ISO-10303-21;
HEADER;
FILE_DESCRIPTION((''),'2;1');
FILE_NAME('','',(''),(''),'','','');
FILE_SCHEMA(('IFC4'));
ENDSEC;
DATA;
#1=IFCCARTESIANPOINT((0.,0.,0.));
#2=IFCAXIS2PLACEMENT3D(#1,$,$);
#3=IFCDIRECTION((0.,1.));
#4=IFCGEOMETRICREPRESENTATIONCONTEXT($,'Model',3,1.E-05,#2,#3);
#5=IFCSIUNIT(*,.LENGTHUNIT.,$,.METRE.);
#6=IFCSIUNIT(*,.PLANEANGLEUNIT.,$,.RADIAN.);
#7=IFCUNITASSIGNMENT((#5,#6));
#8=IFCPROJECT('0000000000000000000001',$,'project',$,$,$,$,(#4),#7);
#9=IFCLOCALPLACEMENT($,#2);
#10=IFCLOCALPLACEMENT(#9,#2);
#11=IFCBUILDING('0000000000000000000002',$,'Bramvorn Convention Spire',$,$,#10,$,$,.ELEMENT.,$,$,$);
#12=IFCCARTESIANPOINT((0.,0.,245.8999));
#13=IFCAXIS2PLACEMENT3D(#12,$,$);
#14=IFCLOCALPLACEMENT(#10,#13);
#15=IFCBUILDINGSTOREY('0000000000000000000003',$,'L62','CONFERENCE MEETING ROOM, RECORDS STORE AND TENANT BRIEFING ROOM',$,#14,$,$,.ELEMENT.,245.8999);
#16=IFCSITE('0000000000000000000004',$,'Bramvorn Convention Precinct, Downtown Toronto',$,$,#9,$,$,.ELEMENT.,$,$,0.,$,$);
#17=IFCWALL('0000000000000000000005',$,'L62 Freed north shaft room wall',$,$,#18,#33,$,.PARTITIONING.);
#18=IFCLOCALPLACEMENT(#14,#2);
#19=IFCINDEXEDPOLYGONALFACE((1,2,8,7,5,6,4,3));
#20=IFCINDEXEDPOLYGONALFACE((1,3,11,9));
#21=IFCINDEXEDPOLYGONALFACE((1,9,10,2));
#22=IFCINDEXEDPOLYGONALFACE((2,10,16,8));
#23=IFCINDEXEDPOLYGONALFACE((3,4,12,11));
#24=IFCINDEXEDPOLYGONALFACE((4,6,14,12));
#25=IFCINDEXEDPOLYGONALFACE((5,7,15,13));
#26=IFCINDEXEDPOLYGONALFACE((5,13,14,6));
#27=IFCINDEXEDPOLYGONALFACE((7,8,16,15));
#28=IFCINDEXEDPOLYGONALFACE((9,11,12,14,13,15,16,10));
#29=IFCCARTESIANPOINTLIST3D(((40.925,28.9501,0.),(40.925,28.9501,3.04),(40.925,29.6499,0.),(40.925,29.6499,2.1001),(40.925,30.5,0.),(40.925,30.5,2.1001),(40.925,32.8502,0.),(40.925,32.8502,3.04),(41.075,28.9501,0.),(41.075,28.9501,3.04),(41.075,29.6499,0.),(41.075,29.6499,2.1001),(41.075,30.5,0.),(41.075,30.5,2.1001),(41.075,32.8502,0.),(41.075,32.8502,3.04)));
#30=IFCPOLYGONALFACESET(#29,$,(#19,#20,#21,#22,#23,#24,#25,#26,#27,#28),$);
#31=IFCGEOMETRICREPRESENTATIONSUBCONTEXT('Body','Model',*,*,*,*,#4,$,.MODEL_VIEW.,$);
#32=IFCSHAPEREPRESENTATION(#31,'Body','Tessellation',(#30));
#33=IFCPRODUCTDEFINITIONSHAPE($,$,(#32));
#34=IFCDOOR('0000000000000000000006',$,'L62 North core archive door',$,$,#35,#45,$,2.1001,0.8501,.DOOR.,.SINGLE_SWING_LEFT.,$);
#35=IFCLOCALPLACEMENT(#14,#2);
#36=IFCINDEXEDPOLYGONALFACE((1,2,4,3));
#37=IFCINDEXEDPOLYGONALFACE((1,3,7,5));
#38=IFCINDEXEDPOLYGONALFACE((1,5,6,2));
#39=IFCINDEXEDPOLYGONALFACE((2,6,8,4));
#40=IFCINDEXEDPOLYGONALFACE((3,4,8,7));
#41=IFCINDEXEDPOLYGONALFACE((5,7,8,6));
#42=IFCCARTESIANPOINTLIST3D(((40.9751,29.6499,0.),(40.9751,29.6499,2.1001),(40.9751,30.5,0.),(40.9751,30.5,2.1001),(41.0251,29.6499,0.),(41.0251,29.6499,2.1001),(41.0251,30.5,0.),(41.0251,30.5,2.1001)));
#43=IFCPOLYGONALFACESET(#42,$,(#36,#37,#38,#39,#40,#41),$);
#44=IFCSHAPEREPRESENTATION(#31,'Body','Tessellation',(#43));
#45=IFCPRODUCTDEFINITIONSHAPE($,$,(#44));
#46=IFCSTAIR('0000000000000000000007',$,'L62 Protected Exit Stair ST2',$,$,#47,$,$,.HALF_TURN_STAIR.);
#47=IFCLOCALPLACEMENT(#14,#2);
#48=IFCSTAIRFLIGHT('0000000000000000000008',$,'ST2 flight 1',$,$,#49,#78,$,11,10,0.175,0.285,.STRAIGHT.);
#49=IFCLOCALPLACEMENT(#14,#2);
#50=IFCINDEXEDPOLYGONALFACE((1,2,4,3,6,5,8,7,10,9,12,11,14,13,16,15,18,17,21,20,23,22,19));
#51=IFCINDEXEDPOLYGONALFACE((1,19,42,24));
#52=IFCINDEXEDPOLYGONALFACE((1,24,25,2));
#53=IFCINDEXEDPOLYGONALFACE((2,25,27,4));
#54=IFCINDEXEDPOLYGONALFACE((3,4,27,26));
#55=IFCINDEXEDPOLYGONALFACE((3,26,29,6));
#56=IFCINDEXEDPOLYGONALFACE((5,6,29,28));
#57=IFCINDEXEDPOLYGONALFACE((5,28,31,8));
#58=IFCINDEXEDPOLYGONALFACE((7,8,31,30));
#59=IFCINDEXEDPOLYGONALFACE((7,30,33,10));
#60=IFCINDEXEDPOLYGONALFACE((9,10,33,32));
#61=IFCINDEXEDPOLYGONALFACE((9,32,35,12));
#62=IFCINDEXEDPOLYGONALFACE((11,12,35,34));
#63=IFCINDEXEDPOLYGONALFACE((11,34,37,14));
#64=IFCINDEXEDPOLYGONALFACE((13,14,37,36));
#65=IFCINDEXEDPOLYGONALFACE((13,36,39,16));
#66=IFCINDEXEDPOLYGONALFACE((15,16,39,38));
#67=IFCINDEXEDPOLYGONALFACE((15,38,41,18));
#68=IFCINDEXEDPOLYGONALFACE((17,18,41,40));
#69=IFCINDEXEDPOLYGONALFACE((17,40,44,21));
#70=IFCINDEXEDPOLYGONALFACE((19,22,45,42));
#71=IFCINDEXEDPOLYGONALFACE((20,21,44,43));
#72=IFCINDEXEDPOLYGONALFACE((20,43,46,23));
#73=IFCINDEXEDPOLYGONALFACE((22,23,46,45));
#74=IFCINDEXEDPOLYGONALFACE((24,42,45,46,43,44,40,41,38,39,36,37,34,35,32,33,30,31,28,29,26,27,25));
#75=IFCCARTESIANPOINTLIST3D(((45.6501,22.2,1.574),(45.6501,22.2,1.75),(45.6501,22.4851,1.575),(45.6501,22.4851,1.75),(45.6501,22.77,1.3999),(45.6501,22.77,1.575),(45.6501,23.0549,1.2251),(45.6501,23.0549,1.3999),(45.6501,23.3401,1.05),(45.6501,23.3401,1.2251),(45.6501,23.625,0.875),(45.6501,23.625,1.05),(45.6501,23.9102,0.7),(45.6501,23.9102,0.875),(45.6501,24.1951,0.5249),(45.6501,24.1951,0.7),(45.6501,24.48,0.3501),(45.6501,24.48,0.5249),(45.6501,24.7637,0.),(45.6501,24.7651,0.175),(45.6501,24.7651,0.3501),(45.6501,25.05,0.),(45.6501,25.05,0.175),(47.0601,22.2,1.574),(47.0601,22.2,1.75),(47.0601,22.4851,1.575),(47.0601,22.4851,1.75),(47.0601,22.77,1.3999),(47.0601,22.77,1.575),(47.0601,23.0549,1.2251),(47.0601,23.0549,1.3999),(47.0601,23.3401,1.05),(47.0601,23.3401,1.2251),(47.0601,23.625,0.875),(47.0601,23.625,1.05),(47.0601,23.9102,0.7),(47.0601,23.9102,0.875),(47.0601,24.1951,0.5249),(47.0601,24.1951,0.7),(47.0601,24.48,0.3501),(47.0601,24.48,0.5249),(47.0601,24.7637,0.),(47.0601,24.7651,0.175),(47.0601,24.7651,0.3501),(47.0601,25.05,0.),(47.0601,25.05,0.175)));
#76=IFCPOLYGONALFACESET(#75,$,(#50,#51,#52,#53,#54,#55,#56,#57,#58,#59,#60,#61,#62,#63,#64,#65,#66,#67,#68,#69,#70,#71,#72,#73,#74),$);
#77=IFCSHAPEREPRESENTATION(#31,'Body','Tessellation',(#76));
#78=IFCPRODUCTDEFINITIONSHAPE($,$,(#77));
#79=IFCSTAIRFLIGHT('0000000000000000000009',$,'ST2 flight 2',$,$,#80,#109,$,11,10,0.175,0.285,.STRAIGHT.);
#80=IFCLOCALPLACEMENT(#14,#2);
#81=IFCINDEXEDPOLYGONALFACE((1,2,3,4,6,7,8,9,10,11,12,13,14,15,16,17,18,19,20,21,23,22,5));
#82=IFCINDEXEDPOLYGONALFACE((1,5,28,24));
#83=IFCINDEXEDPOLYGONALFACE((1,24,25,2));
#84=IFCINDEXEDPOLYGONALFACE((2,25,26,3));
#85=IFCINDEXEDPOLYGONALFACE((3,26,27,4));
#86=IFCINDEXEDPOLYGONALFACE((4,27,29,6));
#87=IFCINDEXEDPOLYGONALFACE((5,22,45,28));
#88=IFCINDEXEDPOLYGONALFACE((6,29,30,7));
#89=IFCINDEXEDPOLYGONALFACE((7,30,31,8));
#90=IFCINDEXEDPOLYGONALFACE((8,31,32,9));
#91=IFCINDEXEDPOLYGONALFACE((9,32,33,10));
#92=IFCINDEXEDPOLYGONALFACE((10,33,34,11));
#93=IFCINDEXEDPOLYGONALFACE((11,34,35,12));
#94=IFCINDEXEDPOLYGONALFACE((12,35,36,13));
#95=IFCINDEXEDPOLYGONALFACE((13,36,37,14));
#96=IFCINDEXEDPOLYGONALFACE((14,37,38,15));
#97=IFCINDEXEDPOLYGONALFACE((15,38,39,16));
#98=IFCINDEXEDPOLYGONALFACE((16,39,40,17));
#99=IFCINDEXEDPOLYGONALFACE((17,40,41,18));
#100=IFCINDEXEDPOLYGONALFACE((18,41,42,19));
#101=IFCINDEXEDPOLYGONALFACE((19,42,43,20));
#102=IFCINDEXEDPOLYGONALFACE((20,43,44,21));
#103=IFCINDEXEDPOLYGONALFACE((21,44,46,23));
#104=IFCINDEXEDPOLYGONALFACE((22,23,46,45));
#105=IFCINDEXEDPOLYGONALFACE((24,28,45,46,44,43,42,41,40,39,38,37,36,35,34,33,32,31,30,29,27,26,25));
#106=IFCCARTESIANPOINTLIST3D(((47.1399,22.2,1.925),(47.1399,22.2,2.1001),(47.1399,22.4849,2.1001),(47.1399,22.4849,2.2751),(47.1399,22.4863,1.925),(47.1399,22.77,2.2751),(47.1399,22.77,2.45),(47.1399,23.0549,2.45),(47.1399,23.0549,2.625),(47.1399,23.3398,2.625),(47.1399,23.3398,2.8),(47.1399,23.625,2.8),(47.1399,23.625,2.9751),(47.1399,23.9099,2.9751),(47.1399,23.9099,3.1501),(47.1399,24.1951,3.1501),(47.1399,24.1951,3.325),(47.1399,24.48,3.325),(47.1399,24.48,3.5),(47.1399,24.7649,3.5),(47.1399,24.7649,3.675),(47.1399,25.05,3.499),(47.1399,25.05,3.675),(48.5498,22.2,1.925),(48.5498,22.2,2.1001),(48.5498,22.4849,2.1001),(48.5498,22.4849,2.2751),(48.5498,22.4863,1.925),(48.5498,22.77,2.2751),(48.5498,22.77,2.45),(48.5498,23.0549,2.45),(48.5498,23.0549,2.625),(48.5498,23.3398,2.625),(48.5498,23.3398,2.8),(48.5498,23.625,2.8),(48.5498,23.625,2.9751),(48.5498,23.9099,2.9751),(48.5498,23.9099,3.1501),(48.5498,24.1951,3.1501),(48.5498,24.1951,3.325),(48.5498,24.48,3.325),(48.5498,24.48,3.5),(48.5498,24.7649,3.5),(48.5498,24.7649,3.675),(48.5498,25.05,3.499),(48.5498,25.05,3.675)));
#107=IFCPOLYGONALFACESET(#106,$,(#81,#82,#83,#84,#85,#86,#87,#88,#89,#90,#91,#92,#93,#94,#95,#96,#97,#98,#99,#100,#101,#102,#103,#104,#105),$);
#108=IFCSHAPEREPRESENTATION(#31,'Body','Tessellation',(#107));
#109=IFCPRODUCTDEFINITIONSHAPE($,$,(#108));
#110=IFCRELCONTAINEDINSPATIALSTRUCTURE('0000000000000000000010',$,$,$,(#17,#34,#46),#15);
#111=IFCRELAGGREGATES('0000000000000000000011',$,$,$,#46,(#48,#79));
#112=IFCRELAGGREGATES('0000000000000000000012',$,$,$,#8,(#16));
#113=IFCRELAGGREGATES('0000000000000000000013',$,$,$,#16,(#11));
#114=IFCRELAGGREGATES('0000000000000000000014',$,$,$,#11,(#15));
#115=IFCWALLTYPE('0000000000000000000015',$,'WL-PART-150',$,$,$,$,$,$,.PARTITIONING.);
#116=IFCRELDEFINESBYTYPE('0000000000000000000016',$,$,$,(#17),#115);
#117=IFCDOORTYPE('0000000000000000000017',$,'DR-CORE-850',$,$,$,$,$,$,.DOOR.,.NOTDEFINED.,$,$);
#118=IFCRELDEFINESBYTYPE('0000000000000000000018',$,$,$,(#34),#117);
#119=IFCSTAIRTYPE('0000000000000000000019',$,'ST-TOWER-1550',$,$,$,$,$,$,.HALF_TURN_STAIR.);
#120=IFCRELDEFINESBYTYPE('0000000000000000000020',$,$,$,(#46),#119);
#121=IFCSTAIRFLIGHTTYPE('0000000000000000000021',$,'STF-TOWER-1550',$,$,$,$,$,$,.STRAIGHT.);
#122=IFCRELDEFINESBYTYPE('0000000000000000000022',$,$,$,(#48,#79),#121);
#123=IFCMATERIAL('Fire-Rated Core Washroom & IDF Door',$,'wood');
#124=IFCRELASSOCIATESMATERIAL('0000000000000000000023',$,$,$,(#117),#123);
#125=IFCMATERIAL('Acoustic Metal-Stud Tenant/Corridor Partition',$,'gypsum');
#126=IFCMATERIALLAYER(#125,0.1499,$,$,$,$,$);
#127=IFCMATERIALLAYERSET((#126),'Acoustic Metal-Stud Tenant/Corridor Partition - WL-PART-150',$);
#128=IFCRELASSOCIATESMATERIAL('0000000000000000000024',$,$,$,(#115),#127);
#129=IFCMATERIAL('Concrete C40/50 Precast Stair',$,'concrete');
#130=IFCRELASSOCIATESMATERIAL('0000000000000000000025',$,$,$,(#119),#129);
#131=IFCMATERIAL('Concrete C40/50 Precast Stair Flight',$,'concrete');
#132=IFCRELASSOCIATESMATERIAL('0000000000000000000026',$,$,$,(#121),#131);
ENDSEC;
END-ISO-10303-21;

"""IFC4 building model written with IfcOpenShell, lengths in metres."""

from ifc_helpers import new_model, si_unit, direction, frame, frame_2d, origin, place, context, subcontext, project, spatial, polyline, rectangle, outline, extrude, material, layer, layer_set, type_object, element, fill, aggregate, save


model = new_model("IFC4")

# Units and contexts
model_context = context("Model", 3, precision=1e-05, world=origin(), true_north=direction((0.0, 1.0)))
body_context = subcontext(model_context, "Body", "Model", "MODEL_VIEW")
ifc_project = project(units=[si_unit("LENGTHUNIT", "METRE"), si_unit("PLANEANGLEUNIT", "RADIAN")], contexts=[model_context])

# Site, building, storey
site_placement = place(None, origin())
site = spatial("IfcSite", under=ifc_project, at=site_placement, Name="Bramvorn Convention Precinct, Downtown Toronto", CompositionType="ELEMENT", RefElevation=0.0)
building_placement = place(site_placement, origin())
building = spatial("IfcBuilding", under=site, at=building_placement, Name="Bramvorn Convention Spire", CompositionType="ELEMENT")
storey_placement = place(building_placement, frame((0.0, 0.0, 245.8999)))
storey = spatial("IfcBuildingStorey", under=building, at=storey_placement, Name="L62", Description="CONFERENCE MEETING ROOM, RECORDS STORE AND TENANT BRIEFING ROOM", CompositionType="ELEMENT", Elevation=245.8999)

# Shared definitions
ifc_material_1 = material(Name="Fire-Rated Core Washroom & IDF Door", Category="wood")
door_type_1 = type_object("IfcDoorType", Name="DR-CORE-850", OperationType="NOTDEFINED", PredefinedType="DOOR", material=ifc_material_1)

# Shared definitions
ifc_material_2 = material(Name="Acoustic Metal-Stud Tenant/Corridor Partition", Category="gypsum")
ifc_layer_1 = layer(ifc_material_2, 0.1499)
ifc_layer_set_1 = layer_set([ifc_layer_1], Name="Acoustic Metal-Stud Tenant/Corridor Partition - WL-PART-150")
wall_type_1 = type_object("IfcWallType", Name="WL-PART-150", PredefinedType="PARTITIONING", material=ifc_layer_set_1)

# Wall, opening, door
wall_1_placement = place(storey_placement, frame((41.0, 28.95, 0.0), z_axis=(0.0, 0.0, 1.0), x_axis=(0.0, 1.0, 0.0)))
wall_1 = element("IfcWall", 1, at=wall_1_placement, inside=storey, type_object=wall_type_1, Name="L62 Freed north shaft room wall", PredefinedType="PARTITIONING", context=body_context, shape_type="SweptSolid", body=[
    extrude(rectangle(XDim=3.9001, YDim=0.1499, at=frame_2d((1.9502, 0.0))), origin(), (0.0, 0.0, 1.0), 3.04),
])
opening_1_placement = place(wall_1_placement, frame((0.7, 0.0, 0.0)))
opening_1 = element("IfcOpeningElement", 2, at=opening_1_placement, cuts=wall_1, PredefinedType="OPENING", context=body_context, shape_type="SweptSolid", body=[
    extrude(rectangle(XDim=0.8501, YDim=2.1001, at=frame_2d((0.425, 1.05))), frame((0.0, 0.085, 0.0), z_axis=(0.0, -1.0, 0.0), x_axis=(1.0, 0.0, 0.0)), (0.0, 0.0, 1.0), 0.1699),
])
door_1_placement = place(opening_1_placement, origin())
door_1 = element("IfcDoor", 3, at=door_1_placement, inside=storey, type_object=door_type_1, Name="L62 North core archive door", OperationType="SINGLE_SWING_LEFT", OverallHeight=2.1001, OverallWidth=0.8501, PredefinedType="DOOR", context=body_context, shape_type="SweptSolid", body=[
    extrude(rectangle(XDim=0.8501, YDim=2.1001, at=frame_2d((0.425, 1.05))), frame((0.0, 0.0249, 0.0), z_axis=(0.0, -1.0, 0.0), x_axis=(1.0, 0.0, 0.0)), (0.0, 0.0, 1.0), 0.05),
])
fill(opening_1, door_1)

# Stair, stair flights
ifc_material_3 = material(Name="Concrete C40/50 Precast Stair", Category="concrete")
stair_type = type_object("IfcStairType", Name="ST-TOWER-1550", PredefinedType="HALF_TURN_STAIR", material=ifc_material_3)
stair_placement = place(storey_placement, origin())
stair = element("IfcStair", 4, at=stair_placement, inside=storey, type_object=stair_type, Name="L62 Protected Exit Stair ST2", PredefinedType="HALF_TURN_STAIR")
ifc_material_4 = material(Name="Concrete C40/50 Precast Stair Flight", Category="concrete")
stair_flight_type = type_object("IfcStairFlightType", Name="STF-TOWER-1550", PredefinedType="STRAIGHT", material=ifc_material_4)
stair_flight_1_placement = place(storey_placement, frame((46.355, 25.05, 0.0), z_axis=(0.0, 0.0, 1.0), x_axis=(0.0, -1.0, 0.0)))
stair_flight_1 = element("IfcStairFlight", 5, at=stair_flight_1_placement, type_object=stair_flight_type, Name="ST2 flight 1", NumberOfRisers=11, NumberOfTreads=10, PredefinedType="STRAIGHT", RiserHeight=0.175, TreadLength=0.285, context=body_context, shape_type="SweptSolid", body=[
    extrude(outline(polyline([(0.0, 0.0), (0.0, 0.175), (0.2849, 0.175), (0.2849, 0.3501), (0.5701, 0.3501), (0.5701, 0.5249), (0.855, 0.5249), (0.855, 0.7), (1.1399, 0.7), (1.1399, 0.875), (1.425, 0.875), (1.425, 1.05), (1.71, 1.05), (1.71, 1.2251), (1.9951, 1.2251), (1.9951, 1.3999), (2.28, 1.3999), (2.28, 1.575), (2.5649, 1.575), (2.5649, 1.75), (2.8501, 1.75), (2.8501, 1.925), (2.8501, 1.574), (0.2864, 0.0), (0.0, 0.0)])), frame((0.0, 0.7051, 0.0), z_axis=(0.0, -1.0, 0.0), x_axis=(1.0, 0.0, 0.0)), (0.0, 0.0, 1.0), 1.4099),
])
stair_flight_2_placement = place(storey_placement, frame((47.845, 22.2, 1.925), z_axis=(0.0, 0.0, 1.0), x_axis=(0.0, 1.0, 0.0)))
stair_flight_2 = element("IfcStairFlight", 6, at=stair_flight_2_placement, type_object=stair_flight_type, Name="ST2 flight 2", NumberOfRisers=11, NumberOfTreads=10, PredefinedType="STRAIGHT", RiserHeight=0.175, TreadLength=0.285, context=body_context, shape_type="SweptSolid", body=[
    extrude(outline(polyline([(0.0, 0.0), (0.0, 0.175), (0.2849, 0.175), (0.2849, 0.3501), (0.5701, 0.3501), (0.5701, 0.5249), (0.855, 0.5249), (0.855, 0.7), (1.1399, 0.7), (1.1399, 0.875), (1.425, 0.875), (1.425, 1.05), (1.71, 1.05), (1.71, 1.2251), (1.9951, 1.2251), (1.9951, 1.3999), (2.28, 1.3999), (2.28, 1.575), (2.5649, 1.575), (2.5649, 1.75), (2.8501, 1.75), (2.8501, 1.925), (2.8501, 1.574), (0.2864, 0.0), (0.0, 0.0)])), frame((0.0, 0.7051, 0.0), z_axis=(0.0, -1.0, 0.0), x_axis=(1.0, 0.0, 0.0)), (0.0, 0.0, 1.0), 1.4099),
])
aggregate(stair, [stair_flight_1, stair_flight_2])

save(model, "model.ifc")
